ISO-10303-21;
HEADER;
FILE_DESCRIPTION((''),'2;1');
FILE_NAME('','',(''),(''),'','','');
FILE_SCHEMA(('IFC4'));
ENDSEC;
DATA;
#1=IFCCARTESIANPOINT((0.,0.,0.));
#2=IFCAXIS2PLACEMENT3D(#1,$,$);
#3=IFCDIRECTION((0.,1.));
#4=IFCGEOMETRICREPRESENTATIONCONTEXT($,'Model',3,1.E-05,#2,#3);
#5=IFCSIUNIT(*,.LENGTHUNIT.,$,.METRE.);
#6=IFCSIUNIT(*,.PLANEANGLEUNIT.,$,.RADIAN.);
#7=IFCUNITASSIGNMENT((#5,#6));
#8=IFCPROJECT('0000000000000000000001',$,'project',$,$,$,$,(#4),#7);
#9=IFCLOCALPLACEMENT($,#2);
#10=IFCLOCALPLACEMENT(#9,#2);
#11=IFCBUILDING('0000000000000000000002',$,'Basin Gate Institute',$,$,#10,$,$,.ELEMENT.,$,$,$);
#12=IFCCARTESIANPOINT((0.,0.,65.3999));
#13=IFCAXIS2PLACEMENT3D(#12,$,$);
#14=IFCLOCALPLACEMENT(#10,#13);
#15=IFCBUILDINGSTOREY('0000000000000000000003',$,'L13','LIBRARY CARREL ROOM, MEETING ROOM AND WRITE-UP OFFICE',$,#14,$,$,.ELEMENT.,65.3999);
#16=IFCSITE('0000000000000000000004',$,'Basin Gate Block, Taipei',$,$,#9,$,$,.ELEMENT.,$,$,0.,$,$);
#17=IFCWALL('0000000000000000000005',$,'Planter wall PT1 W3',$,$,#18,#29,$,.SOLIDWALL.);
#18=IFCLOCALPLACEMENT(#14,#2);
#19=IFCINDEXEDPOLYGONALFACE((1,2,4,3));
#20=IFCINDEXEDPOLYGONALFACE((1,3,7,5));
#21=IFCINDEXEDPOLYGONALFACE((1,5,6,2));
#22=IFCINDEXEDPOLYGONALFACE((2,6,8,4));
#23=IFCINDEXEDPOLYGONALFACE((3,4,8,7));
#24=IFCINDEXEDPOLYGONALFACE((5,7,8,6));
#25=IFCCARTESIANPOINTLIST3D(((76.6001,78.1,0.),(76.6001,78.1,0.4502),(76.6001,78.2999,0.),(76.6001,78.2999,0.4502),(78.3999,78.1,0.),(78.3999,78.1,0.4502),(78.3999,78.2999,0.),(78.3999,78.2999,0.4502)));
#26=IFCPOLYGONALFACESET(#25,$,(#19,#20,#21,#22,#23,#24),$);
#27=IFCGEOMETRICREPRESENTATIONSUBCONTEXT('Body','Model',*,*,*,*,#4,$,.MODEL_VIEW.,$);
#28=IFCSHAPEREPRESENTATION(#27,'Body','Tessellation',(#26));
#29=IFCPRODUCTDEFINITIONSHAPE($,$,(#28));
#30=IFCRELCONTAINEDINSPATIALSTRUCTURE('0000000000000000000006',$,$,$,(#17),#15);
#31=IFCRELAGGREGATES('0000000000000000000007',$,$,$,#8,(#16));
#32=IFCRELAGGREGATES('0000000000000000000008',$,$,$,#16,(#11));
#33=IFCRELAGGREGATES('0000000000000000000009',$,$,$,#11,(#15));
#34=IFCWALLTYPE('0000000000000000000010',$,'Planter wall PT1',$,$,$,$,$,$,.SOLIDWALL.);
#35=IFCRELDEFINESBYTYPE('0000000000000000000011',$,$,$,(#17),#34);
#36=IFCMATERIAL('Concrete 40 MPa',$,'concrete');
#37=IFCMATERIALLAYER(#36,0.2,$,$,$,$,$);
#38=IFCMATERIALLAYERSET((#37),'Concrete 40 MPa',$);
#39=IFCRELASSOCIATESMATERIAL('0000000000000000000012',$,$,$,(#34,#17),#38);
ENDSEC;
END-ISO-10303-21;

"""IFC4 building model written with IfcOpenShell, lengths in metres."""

from ifc_helpers import new_model, si_unit, direction, frame, frame_2d, origin, place, context, subcontext, project, spatial, rectangle, extrude, material, layer, layer_set, type_object, element, save


model = new_model("IFC4")

# Units and contexts
model_context = context("Model", 3, precision=1e-05, world=origin(), true_north=direction((0.0, 1.0)))
body_context = subcontext(model_context, "Body", "Model", "MODEL_VIEW")
ifc_project = project(units=[si_unit("LENGTHUNIT", "METRE"), si_unit("PLANEANGLEUNIT", "RADIAN")], contexts=[model_context])

# Site, building, storey
site_placement = place(None, origin())
site = spatial("IfcSite", under=ifc_project, at=site_placement, Name="Basin Gate Block, Taipei", CompositionType="ELEMENT", RefElevation=0.0)
building_placement = place(site_placement, origin())
building = spatial("IfcBuilding", under=site, at=building_placement, Name="Basin Gate Institute", CompositionType="ELEMENT")
storey_placement = place(building_placement, frame((0.0, 0.0, 65.3999)))
storey = spatial("IfcBuildingStorey", under=building, at=storey_placement, Name="L13", Description="LIBRARY CARREL ROOM, MEETING ROOM AND WRITE-UP OFFICE", CompositionType="ELEMENT", Elevation=65.3999)

# Wall
ifc_material_1 = material(Name="Concrete 40 MPa", Category="concrete")
ifc_layer = layer(ifc_material_1, 0.2)
ifc_layer_set = layer_set([ifc_layer], Name="Concrete 40 MPa")
wall_type = type_object("IfcWallType", Name="Planter wall PT1", PredefinedType="SOLIDWALL", material=ifc_layer_set)
wall_placement = place(storey_placement, frame((76.6001, 78.2, 0.0), z_axis=(0.0, 0.0, 1.0), x_axis=(1.0, 0.0, 0.0)))
element("IfcWall", 1, at=wall_placement, inside=storey, type_object=wall_type, material=ifc_layer_set, Name="Planter wall PT1 W3", PredefinedType="SOLIDWALL", context=body_context, shape_type="SweptSolid", body=[
    extrude(rectangle(XDim=1.7998, YDim=0.2, at=frame_2d((0.8999, 0.0))), origin(), (0.0, 0.0, 1.0), 0.4502),
])

save(model, "model.ifc")
